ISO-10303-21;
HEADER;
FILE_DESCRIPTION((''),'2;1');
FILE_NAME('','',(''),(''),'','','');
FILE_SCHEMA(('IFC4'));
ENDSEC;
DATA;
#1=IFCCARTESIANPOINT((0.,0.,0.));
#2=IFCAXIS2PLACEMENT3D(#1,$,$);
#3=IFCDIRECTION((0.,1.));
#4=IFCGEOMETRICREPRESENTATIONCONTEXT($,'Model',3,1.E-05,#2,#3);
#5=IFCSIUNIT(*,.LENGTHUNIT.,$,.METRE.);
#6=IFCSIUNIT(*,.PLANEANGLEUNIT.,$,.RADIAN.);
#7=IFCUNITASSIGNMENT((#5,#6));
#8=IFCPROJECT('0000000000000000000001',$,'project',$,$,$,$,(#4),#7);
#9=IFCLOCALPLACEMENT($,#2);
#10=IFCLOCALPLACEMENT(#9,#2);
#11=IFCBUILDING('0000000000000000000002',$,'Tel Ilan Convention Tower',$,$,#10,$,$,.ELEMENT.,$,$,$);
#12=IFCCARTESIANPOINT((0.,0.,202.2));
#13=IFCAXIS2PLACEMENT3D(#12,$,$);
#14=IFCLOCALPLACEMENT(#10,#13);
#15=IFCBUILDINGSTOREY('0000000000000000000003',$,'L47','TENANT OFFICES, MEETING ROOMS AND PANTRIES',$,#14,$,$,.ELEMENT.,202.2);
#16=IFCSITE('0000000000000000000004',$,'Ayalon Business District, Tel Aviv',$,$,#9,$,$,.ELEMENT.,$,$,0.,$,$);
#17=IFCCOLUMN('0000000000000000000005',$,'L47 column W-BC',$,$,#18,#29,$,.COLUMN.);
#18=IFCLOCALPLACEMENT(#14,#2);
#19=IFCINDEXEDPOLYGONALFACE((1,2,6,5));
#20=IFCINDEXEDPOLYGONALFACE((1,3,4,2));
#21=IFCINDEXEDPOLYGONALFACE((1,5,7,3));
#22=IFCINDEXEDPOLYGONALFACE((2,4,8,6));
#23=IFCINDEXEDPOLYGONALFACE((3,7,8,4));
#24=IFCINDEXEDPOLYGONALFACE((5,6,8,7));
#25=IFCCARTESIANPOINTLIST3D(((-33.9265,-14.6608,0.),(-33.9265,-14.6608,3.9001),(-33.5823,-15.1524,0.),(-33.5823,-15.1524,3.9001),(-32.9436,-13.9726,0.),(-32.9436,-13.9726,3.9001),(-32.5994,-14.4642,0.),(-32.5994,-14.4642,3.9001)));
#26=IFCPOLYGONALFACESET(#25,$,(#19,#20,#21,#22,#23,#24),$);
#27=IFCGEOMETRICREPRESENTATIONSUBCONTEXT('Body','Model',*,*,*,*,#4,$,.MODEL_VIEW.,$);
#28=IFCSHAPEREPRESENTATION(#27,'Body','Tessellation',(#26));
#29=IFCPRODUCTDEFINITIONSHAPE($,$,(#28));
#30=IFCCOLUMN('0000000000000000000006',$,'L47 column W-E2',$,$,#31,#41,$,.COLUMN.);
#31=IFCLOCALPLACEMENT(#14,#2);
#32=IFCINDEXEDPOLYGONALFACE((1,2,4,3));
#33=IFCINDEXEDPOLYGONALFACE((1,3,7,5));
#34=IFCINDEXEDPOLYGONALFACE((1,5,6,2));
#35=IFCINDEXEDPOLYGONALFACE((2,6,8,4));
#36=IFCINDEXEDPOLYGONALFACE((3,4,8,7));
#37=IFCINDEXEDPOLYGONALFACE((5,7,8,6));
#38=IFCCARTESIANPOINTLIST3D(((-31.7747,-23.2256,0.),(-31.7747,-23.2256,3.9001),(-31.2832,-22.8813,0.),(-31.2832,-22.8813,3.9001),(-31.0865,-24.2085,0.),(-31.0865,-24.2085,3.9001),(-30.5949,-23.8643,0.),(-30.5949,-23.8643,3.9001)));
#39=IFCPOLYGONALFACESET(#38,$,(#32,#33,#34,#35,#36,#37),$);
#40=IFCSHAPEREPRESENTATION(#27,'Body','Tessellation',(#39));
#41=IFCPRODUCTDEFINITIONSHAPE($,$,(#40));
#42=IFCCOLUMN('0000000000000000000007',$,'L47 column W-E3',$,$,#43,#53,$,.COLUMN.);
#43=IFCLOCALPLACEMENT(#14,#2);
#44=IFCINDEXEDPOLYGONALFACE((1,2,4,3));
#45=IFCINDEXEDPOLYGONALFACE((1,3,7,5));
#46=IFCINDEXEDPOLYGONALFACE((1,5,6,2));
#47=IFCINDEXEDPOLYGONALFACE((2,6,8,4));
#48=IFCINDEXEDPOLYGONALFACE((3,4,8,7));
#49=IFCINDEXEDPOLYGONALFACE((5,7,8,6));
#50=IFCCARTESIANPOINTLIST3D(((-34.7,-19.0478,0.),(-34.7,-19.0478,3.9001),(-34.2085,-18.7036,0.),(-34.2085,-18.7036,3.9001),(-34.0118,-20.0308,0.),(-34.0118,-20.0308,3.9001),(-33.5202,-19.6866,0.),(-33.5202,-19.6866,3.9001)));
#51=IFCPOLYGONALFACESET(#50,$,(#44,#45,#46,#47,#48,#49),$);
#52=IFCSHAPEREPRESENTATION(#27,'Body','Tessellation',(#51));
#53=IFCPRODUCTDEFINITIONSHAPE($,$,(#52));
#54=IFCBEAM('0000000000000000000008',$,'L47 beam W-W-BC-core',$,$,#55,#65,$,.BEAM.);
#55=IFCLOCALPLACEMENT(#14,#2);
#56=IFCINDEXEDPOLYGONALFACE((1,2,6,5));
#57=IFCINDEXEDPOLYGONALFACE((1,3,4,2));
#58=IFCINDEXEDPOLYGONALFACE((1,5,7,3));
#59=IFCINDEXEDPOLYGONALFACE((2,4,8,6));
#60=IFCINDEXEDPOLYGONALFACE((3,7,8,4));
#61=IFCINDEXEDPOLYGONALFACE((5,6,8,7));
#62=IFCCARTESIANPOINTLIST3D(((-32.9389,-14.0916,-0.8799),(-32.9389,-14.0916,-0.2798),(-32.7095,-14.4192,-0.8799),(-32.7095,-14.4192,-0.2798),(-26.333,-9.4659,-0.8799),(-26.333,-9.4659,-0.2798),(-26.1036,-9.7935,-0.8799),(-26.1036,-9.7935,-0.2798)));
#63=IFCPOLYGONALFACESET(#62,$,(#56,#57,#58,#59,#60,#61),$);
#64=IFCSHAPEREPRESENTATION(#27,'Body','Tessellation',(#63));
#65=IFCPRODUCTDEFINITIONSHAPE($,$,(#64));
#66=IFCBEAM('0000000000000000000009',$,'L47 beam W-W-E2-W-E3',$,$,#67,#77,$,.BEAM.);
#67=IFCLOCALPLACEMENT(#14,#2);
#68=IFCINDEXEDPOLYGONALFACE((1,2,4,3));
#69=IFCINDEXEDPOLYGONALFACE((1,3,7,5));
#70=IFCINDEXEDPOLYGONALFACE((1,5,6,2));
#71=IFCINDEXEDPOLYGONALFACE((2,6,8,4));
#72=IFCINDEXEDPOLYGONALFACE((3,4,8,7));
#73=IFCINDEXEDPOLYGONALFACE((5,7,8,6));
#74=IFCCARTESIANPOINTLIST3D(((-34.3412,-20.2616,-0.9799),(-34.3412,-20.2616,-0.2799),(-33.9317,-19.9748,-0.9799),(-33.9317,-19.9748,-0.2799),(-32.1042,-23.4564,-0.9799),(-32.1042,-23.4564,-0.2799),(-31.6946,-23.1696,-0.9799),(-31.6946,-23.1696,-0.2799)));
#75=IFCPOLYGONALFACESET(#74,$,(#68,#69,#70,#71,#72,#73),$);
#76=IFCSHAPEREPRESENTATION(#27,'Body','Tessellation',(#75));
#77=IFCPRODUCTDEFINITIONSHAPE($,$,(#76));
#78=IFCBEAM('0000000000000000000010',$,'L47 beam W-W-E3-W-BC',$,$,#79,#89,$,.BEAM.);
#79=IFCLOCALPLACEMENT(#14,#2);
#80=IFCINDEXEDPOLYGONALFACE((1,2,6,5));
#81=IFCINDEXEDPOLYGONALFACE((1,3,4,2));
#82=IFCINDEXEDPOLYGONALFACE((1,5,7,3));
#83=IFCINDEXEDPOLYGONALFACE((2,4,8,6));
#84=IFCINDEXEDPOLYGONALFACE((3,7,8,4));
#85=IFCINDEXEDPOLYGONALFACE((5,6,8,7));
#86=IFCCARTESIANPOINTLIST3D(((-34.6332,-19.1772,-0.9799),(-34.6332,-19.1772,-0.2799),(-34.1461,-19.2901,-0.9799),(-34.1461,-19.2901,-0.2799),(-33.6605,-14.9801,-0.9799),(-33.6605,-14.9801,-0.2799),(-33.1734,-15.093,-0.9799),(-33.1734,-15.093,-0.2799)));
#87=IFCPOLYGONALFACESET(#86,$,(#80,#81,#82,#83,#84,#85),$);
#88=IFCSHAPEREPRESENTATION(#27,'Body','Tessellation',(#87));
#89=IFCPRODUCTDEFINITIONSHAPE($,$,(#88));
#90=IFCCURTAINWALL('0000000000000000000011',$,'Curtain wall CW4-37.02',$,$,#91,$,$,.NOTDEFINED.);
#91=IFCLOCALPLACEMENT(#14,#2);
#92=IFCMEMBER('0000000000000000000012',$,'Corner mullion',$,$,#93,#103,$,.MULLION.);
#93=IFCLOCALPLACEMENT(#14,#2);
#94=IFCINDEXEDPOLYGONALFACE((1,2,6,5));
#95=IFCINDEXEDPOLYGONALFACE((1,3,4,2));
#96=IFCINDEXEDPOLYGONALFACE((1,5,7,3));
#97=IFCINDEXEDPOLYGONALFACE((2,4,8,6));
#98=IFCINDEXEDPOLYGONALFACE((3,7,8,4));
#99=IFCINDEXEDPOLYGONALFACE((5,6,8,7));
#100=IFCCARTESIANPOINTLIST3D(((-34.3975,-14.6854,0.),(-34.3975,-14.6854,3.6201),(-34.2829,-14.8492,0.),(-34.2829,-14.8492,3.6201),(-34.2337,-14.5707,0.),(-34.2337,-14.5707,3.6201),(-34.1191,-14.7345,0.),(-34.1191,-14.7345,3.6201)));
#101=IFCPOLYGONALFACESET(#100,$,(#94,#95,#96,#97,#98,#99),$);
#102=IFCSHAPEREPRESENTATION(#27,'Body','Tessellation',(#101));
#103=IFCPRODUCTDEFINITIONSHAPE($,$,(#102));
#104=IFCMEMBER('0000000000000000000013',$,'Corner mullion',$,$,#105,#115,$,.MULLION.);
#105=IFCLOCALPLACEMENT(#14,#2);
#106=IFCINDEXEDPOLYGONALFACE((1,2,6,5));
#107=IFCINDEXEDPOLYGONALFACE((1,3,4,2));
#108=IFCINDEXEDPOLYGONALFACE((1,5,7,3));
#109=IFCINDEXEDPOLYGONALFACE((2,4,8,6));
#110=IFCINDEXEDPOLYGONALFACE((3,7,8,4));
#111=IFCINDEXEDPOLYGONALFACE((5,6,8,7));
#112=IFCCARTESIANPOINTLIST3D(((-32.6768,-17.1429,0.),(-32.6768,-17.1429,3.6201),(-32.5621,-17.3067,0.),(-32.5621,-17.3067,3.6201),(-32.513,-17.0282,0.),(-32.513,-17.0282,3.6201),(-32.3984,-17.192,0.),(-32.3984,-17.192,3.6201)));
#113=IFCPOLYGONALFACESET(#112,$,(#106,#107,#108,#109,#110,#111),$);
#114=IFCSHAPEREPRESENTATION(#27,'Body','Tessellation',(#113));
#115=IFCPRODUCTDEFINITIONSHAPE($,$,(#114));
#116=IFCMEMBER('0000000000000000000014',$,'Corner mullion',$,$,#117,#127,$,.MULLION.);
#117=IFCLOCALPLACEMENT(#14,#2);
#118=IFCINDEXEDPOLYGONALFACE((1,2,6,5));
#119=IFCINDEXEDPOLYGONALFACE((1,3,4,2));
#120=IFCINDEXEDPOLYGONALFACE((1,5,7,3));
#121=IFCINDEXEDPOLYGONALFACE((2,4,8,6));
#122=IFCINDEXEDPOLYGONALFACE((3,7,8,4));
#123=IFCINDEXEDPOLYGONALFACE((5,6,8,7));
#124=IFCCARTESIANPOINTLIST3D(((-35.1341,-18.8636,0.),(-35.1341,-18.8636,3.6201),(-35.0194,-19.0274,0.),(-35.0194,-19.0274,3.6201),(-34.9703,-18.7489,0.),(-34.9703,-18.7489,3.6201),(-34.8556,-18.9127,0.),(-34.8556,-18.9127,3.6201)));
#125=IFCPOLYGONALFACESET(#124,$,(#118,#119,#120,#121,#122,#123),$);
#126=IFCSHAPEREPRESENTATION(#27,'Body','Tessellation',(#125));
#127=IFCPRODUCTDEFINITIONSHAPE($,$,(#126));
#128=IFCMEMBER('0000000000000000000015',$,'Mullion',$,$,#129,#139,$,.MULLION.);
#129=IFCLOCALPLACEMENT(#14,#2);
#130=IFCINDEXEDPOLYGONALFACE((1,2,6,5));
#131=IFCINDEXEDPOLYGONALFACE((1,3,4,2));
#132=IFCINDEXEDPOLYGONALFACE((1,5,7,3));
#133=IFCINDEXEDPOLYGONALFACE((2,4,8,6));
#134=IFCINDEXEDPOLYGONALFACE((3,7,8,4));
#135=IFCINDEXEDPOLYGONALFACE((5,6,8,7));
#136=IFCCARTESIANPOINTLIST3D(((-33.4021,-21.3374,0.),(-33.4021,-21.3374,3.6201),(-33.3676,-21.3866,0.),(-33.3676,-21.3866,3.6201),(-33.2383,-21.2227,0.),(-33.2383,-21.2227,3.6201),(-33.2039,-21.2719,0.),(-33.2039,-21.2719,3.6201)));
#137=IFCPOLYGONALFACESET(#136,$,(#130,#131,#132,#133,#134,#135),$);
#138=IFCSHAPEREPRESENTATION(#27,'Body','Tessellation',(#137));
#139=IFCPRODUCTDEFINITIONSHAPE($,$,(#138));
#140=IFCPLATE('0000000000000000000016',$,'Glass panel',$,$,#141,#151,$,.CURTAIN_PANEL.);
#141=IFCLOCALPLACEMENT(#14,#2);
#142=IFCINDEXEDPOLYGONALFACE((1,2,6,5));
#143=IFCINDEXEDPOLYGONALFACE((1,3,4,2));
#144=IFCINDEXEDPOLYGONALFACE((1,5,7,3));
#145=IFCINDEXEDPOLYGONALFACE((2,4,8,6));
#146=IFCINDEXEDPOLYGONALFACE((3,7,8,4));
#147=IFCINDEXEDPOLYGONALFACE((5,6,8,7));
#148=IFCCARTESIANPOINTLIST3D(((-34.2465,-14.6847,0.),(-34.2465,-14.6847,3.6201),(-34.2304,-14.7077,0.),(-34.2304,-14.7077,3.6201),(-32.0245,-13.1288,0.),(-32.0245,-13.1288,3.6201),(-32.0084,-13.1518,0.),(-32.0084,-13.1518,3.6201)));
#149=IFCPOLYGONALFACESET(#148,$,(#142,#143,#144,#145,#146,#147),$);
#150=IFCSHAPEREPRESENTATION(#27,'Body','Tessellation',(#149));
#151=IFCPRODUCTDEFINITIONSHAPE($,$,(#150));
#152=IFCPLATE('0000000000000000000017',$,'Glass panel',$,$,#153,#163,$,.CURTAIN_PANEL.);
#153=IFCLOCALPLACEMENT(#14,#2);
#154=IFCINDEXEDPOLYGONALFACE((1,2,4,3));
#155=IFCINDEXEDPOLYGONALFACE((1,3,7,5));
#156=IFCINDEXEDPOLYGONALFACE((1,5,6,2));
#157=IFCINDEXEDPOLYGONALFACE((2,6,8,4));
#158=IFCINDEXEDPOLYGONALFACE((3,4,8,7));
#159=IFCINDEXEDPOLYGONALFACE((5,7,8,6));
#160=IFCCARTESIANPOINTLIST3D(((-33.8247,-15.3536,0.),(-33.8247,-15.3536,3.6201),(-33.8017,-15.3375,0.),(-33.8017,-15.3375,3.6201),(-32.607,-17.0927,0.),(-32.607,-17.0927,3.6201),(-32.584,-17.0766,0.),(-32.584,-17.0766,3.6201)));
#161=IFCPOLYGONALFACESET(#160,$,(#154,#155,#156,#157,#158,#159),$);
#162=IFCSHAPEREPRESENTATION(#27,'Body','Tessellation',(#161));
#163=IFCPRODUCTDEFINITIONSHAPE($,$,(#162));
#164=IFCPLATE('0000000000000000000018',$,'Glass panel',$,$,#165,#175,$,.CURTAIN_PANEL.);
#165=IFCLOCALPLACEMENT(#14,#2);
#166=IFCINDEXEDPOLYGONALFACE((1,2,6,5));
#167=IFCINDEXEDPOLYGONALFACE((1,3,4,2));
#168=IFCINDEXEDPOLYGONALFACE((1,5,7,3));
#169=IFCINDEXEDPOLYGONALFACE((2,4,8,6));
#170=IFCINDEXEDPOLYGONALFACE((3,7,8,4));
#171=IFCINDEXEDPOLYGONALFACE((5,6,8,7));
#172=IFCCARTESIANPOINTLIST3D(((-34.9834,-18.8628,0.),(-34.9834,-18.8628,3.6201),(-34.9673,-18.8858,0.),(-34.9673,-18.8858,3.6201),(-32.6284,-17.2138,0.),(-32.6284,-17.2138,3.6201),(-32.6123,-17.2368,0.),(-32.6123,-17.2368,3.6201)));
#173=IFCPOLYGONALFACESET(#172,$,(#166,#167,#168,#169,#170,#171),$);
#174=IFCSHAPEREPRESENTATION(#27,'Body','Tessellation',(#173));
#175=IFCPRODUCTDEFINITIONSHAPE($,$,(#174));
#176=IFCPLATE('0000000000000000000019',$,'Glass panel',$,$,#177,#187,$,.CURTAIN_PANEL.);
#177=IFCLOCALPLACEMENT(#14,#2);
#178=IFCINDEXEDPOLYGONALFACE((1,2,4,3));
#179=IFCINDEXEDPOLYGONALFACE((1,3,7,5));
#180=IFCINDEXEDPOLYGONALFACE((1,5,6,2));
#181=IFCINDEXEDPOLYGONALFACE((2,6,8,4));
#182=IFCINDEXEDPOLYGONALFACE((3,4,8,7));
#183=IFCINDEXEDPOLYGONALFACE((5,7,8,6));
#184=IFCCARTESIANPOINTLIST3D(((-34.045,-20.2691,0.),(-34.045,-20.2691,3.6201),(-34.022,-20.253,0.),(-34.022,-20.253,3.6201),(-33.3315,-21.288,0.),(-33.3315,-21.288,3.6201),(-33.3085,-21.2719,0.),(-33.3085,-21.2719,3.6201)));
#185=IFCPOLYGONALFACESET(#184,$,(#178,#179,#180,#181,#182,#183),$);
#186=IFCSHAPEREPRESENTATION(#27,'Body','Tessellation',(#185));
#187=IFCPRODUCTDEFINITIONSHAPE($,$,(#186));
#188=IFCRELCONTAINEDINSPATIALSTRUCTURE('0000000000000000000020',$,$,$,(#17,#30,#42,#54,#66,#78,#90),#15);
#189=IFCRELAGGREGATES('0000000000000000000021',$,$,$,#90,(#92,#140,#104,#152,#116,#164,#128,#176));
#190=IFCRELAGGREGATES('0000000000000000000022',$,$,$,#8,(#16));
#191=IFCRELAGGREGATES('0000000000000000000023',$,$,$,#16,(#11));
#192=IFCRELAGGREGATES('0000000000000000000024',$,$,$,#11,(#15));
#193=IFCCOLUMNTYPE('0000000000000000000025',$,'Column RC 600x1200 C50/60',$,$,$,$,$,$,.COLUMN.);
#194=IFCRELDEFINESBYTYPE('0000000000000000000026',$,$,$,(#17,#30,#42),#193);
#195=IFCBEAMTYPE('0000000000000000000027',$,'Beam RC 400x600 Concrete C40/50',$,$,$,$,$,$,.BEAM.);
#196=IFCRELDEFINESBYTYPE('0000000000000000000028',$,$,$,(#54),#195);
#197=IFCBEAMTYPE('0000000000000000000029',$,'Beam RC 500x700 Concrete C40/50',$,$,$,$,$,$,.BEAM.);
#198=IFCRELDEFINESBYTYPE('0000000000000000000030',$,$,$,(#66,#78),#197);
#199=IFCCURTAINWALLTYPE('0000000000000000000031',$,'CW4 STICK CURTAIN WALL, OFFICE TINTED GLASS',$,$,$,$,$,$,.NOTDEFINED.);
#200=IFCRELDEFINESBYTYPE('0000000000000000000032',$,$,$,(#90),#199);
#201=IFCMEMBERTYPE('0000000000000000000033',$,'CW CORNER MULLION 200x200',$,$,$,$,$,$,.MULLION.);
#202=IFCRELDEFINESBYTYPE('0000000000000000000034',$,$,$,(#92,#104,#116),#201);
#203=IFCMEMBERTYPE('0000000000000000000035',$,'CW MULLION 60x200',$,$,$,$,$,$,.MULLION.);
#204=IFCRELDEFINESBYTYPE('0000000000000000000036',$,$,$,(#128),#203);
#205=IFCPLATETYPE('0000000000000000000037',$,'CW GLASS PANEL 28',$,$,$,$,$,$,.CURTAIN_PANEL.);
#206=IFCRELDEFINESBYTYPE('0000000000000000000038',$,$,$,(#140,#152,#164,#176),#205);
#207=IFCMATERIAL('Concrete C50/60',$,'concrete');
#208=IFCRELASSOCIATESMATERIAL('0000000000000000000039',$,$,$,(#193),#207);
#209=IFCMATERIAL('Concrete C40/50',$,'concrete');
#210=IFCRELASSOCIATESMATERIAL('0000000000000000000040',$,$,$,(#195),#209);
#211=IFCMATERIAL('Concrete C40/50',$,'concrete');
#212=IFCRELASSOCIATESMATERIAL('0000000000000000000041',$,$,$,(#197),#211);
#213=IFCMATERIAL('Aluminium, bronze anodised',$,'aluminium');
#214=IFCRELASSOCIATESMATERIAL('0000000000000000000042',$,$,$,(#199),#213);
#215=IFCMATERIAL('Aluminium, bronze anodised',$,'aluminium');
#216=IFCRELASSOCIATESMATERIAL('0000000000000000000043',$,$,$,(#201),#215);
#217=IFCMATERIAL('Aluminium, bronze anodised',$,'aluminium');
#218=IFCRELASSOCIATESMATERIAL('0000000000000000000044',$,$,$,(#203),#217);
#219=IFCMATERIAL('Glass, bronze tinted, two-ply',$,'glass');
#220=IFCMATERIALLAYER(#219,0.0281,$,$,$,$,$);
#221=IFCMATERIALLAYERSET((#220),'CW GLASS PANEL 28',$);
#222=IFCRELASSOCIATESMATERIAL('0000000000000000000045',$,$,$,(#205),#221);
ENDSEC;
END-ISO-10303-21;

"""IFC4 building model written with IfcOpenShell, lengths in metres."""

from ifc_helpers import new_model, si_unit, direction, frame, origin, origin_2d, place, context, subcontext, project, spatial, rectangle, extrude, material, layer, layer_set, material_profile, profile_set, type_object, element, aggregate, save


model = new_model("IFC4")

# Units and contexts
model_context = context("Model", 3, precision=1e-05, world=origin(), true_north=direction((0.0, 1.0)))
body_context = subcontext(model_context, "Body", "Model", "MODEL_VIEW")
ifc_project = project(units=[si_unit("LENGTHUNIT", "METRE"), si_unit("PLANEANGLEUNIT", "RADIAN")], contexts=[model_context])

# Site, building, storey
site_placement = place(None, origin())
site = spatial("IfcSite", under=ifc_project, at=site_placement, Name="Ayalon Business District, Tel Aviv", CompositionType="ELEMENT", RefElevation=0.0)
building_placement = place(site_placement, origin())
building = spatial("IfcBuilding", under=site, at=building_placement, Name="Tel Ilan Convention Tower", CompositionType="ELEMENT")
storey_placement = place(building_placement, frame((0.0, 0.0, 202.2)))
storey = spatial("IfcBuildingStorey", under=building, at=storey_placement, Name="L47", Description="TENANT OFFICES, MEETING ROOMS AND PANTRIES", CompositionType="ELEMENT", Elevation=202.2)

# Columns
ifc_material_1 = material(Name="Concrete C50/60", Category="concrete")
ifc_material_profile_1 = material_profile(ifc_material_1, rectangle(XDim=1.2, YDim=0.6001, at=origin_2d()), Name="RC 600x1200")
ifc_profile_set_1 = profile_set([ifc_material_profile_1], Name="Concrete C50/60")
column_type = type_object("IfcColumnType", Name="Column RC 600x1200 C50/60", PredefinedType="COLUMN", material=ifc_profile_set_1)
for number, where, z_axis, x_axis, name in (
    (1, (-33.2629, -14.5625, 0.0), (0.0, 0.0, 1.0), (-0.819152, -0.573576, 0.0), "L47 column W-BC"),
    (2, (-31.1848, -23.5449, 0.0), (0.0, 0.0, 1.0), (-0.573576, 0.819152, 0.0), "L47 column W-E2"),
    (3, (-34.1101, -19.3672, 0.0), (0.0, 0.0, 1.0), (-0.573576, 0.819152, 0.0), "L47 column W-E3"),
):
    element("IfcColumn", number, at=place(storey_placement, frame(where, z_axis=z_axis, x_axis=x_axis)), inside=storey, type_object=column_type, Name=name, PredefinedType="COLUMN", context=body_context, shape_type="SweptSolid", body=[
        extrude(rectangle(XDim=1.2, YDim=0.6001, at=origin_2d()), origin(), (0.0, 0.0, 1.0), 3.9001),
    ])

# Beams
ifc_material_2 = material(Name="Concrete C40/50", Category="concrete")
ifc_material_profile_2 = material_profile(ifc_material_2, rectangle(XDim=0.3999, YDim=0.6001, at=origin_2d()), Name="RC 400x600")
ifc_profile_set_2 = profile_set([ifc_material_profile_2], Name="Concrete C40/50")
beam_type_1 = type_object("IfcBeamType", Name="Beam RC 400x600 Concrete C40/50", PredefinedType="BEAM", material=ifc_profile_set_2)
beam_1_placement = place(storey_placement, frame((-32.8242, -14.2554, -0.5798), z_axis=(0.819141, 0.573592, 0.0), x_axis=(-0.573592, 0.819141, 0.0)))
element("IfcBeam", 4, at=beam_1_placement, inside=storey, type_object=beam_type_1, Name="L47 beam W-W-BC-core", PredefinedType="BEAM", context=body_context, shape_type="SweptSolid", body=[
    extrude(rectangle(XDim=0.3999, YDim=0.6001, at=origin_2d()), origin(), (0.0, 0.0, 1.0), 8.0645),
])
ifc_material_3 = material(Name="Concrete C40/50", Category="concrete")
ifc_material_profile_3 = material_profile(ifc_material_3, rectangle(XDim=0.5, YDim=0.7, at=origin_2d()), Name="RC 500x700")
ifc_profile_set_3 = profile_set([ifc_material_profile_3], Name="Concrete C40/50")
beam_type_2 = type_object("IfcBeamType", Name="Beam RC 500x700 Concrete C40/50", PredefinedType="BEAM", material=ifc_profile_set_3)
beam_2_placement = place(storey_placement, frame((-31.8994, -23.313, -0.6299), z_axis=(-0.57358, 0.81915, 0.0), x_axis=(-0.81915, -0.57358, 0.0)))
element("IfcBeam", 5, at=beam_2_placement, inside=storey, type_object=beam_type_2, Name="L47 beam W-W-E2-W-E3", PredefinedType="BEAM", context=body_context, shape_type="SweptSolid", body=[
    extrude(rectangle(XDim=0.5, YDim=0.7, at=origin_2d()), origin(), (0.0, 0.0, 1.0), 3.9001),
])
beam_3_placement = place(storey_placement, frame((-34.3896, -19.2336, -0.6299), z_axis=(0.225766, 0.974182, 0.0), x_axis=(-0.974182, 0.225766, 0.0)))
element("IfcBeam", 6, at=beam_3_placement, inside=storey, type_object=beam_type_2, Name="L47 beam W-W-E3-W-BC", PredefinedType="BEAM", context=body_context, shape_type="SweptSolid", body=[
    extrude(rectangle(XDim=0.5, YDim=0.7, at=origin_2d()), origin(), (0.0, 0.0, 1.0), 4.3083),
])

# Curtain wall, members, plates
ifc_material_4 = material(Name="Aluminium, bronze anodised", Category="aluminium")
curtain_wall_type = type_object("IfcCurtainWallType", Name="CW4 STICK CURTAIN WALL, OFFICE TINTED GLASS", PredefinedType="NOTDEFINED", material=ifc_material_4)
curtain_wall_placement = place(storey_placement, origin())
curtain_wall = element("IfcCurtainWall", 7, at=curtain_wall_placement, inside=storey, type_object=curtain_wall_type, Name="Curtain wall CW4-37.02", PredefinedType="NOTDEFINED")
ifc_material_5 = material(Name="Aluminium, bronze anodised", Category="aluminium")
ifc_material_profile_4 = material_profile(ifc_material_5, rectangle(XDim=0.2, YDim=0.2, at=origin_2d()), Name="CW CORNER MULLION 200x200")
ifc_profile_set_4 = profile_set([ifc_material_profile_4], Name="Aluminium, bronze anodised")
member_type_1 = type_object("IfcMemberType", Name="CW CORNER MULLION 200x200", PredefinedType="MULLION", material=ifc_profile_set_4)
member_1_placement = place(storey_placement, frame((-34.2583, -14.71, 0.0), z_axis=(0.0, 0.0, 1.0), x_axis=(-0.819152, -0.573576, 0.0)))
member_1 = element("IfcMember", 8, at=member_1_placement, type_object=member_type_1, Name="Corner mullion", PredefinedType="MULLION", context=body_context, shape_type="SweptSolid", body=[
    extrude(rectangle(XDim=0.2, YDim=0.2, at=origin_2d()), origin(), (0.0, 0.0, 1.0), 3.6201),
])
member_2_placement = place(storey_placement, frame((-32.5376, -17.1675, 0.0), z_axis=(0.0, 0.0, 1.0), x_axis=(0.573576, -0.819152, 0.0)))
member_2 = element("IfcMember", 9, at=member_2_placement, type_object=member_type_1, Name="Corner mullion", PredefinedType="MULLION", context=body_context, shape_type="SweptSolid", body=[
    extrude(rectangle(XDim=0.2, YDim=0.2, at=origin_2d()), origin(), (0.0, 0.0, 1.0), 3.6201),
])
member_3_placement = place(storey_placement, frame((-34.9949, -18.8882, 0.0), z_axis=(0.0, 0.0, 1.0), x_axis=(-0.819152, -0.573576, 0.0)))
member_3 = element("IfcMember", 10, at=member_3_placement, type_object=member_type_1, Name="Corner mullion", PredefinedType="MULLION", context=body_context, shape_type="SweptSolid", body=[
    extrude(rectangle(XDim=0.2, YDim=0.2, at=origin_2d()), origin(), (0.0, 0.0, 1.0), 3.6201),
])
ifc_material_6 = material(Name="Aluminium, bronze anodised", Category="aluminium")
ifc_material_profile_5 = material_profile(ifc_material_6, rectangle(XDim=0.0601, YDim=0.2, at=origin_2d()), Name="CW MULLION 60x200")
ifc_profile_set_5 = profile_set([ifc_material_profile_5], Name="Aluminium, bronze anodised")
member_type_2 = type_object("IfcMemberType", Name="CW MULLION 60x200", PredefinedType="MULLION", material=ifc_profile_set_5)
member_4_placement = place(storey_placement, frame((-33.303, -21.3047, 0.0), z_axis=(0.0, 0.0, 1.0), x_axis=(0.573576, -0.819152, 0.0)))
member_4 = element("IfcMember", 11, at=member_4_placement, type_object=member_type_2, Name="Mullion", PredefinedType="MULLION", context=body_context, shape_type="SweptSolid", body=[
    extrude(rectangle(XDim=0.0601, YDim=0.2, at=origin_2d()), origin(), (0.0, 0.0, 1.0), 3.6201),
])
ifc_material_7 = material(Name="Glass, bronze tinted, two-ply", Category="glass")
ifc_layer_1 = layer(ifc_material_7, 0.0281)
ifc_layer_set_1 = layer_set([ifc_layer_1], Name="CW GLASS PANEL 28")
plate_type = type_object("IfcPlateType", Name="CW GLASS PANEL 28", PredefinedType="CURTAIN_PANEL", material=ifc_layer_set_1)
plate_1_placement = place(storey_placement, frame((-33.1274, -13.9182, 0.0), z_axis=(0.0, 0.0, 1.0), x_axis=(-0.819152, -0.573576, 0.0)))
plate_1 = element("IfcPlate", 12, at=plate_1_placement, type_object=plate_type, Name="Glass panel", PredefinedType="CURTAIN_PANEL", context=body_context, shape_type="SweptSolid", body=[
    extrude(rectangle(XDim=2.7126, YDim=0.0281, at=origin_2d()), origin(), (0.0, 0.0, 1.0), 3.6201),
])
plate_2_placement = place(storey_placement, frame((-33.2043, -16.2151, 0.0), z_axis=(0.0, 0.0, 1.0), x_axis=(0.573576, -0.819152, 0.0)))
plate_2 = element("IfcPlate", 13, at=plate_2_placement, type_object=plate_type, Name="Glass panel", PredefinedType="CURTAIN_PANEL", context=body_context, shape_type="SweptSolid", body=[
    extrude(rectangle(XDim=2.123, YDim=0.0281, at=origin_2d()), origin(), (0.0, 0.0, 1.0), 3.6201),
])
plate_3_placement = place(storey_placement, frame((-33.7979, -18.0498, 0.0), z_axis=(0.0, 0.0, 1.0), x_axis=(-0.819152, -0.573576, 0.0)))
plate_3 = element("IfcPlate", 14, at=plate_3_placement, type_object=plate_type, Name="Glass panel", PredefinedType="CURTAIN_PANEL", context=body_context, shape_type="SweptSolid", body=[
    extrude(rectangle(XDim=2.875, YDim=0.0281, at=origin_2d()), origin(), (0.0, 0.0, 1.0), 3.6201),
])
plate_4_placement = place(storey_placement, frame((-33.6768, -20.7705, 0.0), z_axis=(0.0, 0.0, 1.0), x_axis=(0.573576, -0.819152, 0.0)))
plate_4 = element("IfcPlate", 15, at=plate_4_placement, type_object=plate_type, Name="Glass panel", PredefinedType="CURTAIN_PANEL", context=body_context, shape_type="SweptSolid", body=[
    extrude(rectangle(XDim=1.2439, YDim=0.0281, at=origin_2d()), origin(), (0.0, 0.0, 1.0), 3.6201),
])
aggregate(curtain_wall, [member_1, plate_1, member_2, plate_2, member_3, plate_3, member_4, plate_4])

save(model, "model.ifc")
